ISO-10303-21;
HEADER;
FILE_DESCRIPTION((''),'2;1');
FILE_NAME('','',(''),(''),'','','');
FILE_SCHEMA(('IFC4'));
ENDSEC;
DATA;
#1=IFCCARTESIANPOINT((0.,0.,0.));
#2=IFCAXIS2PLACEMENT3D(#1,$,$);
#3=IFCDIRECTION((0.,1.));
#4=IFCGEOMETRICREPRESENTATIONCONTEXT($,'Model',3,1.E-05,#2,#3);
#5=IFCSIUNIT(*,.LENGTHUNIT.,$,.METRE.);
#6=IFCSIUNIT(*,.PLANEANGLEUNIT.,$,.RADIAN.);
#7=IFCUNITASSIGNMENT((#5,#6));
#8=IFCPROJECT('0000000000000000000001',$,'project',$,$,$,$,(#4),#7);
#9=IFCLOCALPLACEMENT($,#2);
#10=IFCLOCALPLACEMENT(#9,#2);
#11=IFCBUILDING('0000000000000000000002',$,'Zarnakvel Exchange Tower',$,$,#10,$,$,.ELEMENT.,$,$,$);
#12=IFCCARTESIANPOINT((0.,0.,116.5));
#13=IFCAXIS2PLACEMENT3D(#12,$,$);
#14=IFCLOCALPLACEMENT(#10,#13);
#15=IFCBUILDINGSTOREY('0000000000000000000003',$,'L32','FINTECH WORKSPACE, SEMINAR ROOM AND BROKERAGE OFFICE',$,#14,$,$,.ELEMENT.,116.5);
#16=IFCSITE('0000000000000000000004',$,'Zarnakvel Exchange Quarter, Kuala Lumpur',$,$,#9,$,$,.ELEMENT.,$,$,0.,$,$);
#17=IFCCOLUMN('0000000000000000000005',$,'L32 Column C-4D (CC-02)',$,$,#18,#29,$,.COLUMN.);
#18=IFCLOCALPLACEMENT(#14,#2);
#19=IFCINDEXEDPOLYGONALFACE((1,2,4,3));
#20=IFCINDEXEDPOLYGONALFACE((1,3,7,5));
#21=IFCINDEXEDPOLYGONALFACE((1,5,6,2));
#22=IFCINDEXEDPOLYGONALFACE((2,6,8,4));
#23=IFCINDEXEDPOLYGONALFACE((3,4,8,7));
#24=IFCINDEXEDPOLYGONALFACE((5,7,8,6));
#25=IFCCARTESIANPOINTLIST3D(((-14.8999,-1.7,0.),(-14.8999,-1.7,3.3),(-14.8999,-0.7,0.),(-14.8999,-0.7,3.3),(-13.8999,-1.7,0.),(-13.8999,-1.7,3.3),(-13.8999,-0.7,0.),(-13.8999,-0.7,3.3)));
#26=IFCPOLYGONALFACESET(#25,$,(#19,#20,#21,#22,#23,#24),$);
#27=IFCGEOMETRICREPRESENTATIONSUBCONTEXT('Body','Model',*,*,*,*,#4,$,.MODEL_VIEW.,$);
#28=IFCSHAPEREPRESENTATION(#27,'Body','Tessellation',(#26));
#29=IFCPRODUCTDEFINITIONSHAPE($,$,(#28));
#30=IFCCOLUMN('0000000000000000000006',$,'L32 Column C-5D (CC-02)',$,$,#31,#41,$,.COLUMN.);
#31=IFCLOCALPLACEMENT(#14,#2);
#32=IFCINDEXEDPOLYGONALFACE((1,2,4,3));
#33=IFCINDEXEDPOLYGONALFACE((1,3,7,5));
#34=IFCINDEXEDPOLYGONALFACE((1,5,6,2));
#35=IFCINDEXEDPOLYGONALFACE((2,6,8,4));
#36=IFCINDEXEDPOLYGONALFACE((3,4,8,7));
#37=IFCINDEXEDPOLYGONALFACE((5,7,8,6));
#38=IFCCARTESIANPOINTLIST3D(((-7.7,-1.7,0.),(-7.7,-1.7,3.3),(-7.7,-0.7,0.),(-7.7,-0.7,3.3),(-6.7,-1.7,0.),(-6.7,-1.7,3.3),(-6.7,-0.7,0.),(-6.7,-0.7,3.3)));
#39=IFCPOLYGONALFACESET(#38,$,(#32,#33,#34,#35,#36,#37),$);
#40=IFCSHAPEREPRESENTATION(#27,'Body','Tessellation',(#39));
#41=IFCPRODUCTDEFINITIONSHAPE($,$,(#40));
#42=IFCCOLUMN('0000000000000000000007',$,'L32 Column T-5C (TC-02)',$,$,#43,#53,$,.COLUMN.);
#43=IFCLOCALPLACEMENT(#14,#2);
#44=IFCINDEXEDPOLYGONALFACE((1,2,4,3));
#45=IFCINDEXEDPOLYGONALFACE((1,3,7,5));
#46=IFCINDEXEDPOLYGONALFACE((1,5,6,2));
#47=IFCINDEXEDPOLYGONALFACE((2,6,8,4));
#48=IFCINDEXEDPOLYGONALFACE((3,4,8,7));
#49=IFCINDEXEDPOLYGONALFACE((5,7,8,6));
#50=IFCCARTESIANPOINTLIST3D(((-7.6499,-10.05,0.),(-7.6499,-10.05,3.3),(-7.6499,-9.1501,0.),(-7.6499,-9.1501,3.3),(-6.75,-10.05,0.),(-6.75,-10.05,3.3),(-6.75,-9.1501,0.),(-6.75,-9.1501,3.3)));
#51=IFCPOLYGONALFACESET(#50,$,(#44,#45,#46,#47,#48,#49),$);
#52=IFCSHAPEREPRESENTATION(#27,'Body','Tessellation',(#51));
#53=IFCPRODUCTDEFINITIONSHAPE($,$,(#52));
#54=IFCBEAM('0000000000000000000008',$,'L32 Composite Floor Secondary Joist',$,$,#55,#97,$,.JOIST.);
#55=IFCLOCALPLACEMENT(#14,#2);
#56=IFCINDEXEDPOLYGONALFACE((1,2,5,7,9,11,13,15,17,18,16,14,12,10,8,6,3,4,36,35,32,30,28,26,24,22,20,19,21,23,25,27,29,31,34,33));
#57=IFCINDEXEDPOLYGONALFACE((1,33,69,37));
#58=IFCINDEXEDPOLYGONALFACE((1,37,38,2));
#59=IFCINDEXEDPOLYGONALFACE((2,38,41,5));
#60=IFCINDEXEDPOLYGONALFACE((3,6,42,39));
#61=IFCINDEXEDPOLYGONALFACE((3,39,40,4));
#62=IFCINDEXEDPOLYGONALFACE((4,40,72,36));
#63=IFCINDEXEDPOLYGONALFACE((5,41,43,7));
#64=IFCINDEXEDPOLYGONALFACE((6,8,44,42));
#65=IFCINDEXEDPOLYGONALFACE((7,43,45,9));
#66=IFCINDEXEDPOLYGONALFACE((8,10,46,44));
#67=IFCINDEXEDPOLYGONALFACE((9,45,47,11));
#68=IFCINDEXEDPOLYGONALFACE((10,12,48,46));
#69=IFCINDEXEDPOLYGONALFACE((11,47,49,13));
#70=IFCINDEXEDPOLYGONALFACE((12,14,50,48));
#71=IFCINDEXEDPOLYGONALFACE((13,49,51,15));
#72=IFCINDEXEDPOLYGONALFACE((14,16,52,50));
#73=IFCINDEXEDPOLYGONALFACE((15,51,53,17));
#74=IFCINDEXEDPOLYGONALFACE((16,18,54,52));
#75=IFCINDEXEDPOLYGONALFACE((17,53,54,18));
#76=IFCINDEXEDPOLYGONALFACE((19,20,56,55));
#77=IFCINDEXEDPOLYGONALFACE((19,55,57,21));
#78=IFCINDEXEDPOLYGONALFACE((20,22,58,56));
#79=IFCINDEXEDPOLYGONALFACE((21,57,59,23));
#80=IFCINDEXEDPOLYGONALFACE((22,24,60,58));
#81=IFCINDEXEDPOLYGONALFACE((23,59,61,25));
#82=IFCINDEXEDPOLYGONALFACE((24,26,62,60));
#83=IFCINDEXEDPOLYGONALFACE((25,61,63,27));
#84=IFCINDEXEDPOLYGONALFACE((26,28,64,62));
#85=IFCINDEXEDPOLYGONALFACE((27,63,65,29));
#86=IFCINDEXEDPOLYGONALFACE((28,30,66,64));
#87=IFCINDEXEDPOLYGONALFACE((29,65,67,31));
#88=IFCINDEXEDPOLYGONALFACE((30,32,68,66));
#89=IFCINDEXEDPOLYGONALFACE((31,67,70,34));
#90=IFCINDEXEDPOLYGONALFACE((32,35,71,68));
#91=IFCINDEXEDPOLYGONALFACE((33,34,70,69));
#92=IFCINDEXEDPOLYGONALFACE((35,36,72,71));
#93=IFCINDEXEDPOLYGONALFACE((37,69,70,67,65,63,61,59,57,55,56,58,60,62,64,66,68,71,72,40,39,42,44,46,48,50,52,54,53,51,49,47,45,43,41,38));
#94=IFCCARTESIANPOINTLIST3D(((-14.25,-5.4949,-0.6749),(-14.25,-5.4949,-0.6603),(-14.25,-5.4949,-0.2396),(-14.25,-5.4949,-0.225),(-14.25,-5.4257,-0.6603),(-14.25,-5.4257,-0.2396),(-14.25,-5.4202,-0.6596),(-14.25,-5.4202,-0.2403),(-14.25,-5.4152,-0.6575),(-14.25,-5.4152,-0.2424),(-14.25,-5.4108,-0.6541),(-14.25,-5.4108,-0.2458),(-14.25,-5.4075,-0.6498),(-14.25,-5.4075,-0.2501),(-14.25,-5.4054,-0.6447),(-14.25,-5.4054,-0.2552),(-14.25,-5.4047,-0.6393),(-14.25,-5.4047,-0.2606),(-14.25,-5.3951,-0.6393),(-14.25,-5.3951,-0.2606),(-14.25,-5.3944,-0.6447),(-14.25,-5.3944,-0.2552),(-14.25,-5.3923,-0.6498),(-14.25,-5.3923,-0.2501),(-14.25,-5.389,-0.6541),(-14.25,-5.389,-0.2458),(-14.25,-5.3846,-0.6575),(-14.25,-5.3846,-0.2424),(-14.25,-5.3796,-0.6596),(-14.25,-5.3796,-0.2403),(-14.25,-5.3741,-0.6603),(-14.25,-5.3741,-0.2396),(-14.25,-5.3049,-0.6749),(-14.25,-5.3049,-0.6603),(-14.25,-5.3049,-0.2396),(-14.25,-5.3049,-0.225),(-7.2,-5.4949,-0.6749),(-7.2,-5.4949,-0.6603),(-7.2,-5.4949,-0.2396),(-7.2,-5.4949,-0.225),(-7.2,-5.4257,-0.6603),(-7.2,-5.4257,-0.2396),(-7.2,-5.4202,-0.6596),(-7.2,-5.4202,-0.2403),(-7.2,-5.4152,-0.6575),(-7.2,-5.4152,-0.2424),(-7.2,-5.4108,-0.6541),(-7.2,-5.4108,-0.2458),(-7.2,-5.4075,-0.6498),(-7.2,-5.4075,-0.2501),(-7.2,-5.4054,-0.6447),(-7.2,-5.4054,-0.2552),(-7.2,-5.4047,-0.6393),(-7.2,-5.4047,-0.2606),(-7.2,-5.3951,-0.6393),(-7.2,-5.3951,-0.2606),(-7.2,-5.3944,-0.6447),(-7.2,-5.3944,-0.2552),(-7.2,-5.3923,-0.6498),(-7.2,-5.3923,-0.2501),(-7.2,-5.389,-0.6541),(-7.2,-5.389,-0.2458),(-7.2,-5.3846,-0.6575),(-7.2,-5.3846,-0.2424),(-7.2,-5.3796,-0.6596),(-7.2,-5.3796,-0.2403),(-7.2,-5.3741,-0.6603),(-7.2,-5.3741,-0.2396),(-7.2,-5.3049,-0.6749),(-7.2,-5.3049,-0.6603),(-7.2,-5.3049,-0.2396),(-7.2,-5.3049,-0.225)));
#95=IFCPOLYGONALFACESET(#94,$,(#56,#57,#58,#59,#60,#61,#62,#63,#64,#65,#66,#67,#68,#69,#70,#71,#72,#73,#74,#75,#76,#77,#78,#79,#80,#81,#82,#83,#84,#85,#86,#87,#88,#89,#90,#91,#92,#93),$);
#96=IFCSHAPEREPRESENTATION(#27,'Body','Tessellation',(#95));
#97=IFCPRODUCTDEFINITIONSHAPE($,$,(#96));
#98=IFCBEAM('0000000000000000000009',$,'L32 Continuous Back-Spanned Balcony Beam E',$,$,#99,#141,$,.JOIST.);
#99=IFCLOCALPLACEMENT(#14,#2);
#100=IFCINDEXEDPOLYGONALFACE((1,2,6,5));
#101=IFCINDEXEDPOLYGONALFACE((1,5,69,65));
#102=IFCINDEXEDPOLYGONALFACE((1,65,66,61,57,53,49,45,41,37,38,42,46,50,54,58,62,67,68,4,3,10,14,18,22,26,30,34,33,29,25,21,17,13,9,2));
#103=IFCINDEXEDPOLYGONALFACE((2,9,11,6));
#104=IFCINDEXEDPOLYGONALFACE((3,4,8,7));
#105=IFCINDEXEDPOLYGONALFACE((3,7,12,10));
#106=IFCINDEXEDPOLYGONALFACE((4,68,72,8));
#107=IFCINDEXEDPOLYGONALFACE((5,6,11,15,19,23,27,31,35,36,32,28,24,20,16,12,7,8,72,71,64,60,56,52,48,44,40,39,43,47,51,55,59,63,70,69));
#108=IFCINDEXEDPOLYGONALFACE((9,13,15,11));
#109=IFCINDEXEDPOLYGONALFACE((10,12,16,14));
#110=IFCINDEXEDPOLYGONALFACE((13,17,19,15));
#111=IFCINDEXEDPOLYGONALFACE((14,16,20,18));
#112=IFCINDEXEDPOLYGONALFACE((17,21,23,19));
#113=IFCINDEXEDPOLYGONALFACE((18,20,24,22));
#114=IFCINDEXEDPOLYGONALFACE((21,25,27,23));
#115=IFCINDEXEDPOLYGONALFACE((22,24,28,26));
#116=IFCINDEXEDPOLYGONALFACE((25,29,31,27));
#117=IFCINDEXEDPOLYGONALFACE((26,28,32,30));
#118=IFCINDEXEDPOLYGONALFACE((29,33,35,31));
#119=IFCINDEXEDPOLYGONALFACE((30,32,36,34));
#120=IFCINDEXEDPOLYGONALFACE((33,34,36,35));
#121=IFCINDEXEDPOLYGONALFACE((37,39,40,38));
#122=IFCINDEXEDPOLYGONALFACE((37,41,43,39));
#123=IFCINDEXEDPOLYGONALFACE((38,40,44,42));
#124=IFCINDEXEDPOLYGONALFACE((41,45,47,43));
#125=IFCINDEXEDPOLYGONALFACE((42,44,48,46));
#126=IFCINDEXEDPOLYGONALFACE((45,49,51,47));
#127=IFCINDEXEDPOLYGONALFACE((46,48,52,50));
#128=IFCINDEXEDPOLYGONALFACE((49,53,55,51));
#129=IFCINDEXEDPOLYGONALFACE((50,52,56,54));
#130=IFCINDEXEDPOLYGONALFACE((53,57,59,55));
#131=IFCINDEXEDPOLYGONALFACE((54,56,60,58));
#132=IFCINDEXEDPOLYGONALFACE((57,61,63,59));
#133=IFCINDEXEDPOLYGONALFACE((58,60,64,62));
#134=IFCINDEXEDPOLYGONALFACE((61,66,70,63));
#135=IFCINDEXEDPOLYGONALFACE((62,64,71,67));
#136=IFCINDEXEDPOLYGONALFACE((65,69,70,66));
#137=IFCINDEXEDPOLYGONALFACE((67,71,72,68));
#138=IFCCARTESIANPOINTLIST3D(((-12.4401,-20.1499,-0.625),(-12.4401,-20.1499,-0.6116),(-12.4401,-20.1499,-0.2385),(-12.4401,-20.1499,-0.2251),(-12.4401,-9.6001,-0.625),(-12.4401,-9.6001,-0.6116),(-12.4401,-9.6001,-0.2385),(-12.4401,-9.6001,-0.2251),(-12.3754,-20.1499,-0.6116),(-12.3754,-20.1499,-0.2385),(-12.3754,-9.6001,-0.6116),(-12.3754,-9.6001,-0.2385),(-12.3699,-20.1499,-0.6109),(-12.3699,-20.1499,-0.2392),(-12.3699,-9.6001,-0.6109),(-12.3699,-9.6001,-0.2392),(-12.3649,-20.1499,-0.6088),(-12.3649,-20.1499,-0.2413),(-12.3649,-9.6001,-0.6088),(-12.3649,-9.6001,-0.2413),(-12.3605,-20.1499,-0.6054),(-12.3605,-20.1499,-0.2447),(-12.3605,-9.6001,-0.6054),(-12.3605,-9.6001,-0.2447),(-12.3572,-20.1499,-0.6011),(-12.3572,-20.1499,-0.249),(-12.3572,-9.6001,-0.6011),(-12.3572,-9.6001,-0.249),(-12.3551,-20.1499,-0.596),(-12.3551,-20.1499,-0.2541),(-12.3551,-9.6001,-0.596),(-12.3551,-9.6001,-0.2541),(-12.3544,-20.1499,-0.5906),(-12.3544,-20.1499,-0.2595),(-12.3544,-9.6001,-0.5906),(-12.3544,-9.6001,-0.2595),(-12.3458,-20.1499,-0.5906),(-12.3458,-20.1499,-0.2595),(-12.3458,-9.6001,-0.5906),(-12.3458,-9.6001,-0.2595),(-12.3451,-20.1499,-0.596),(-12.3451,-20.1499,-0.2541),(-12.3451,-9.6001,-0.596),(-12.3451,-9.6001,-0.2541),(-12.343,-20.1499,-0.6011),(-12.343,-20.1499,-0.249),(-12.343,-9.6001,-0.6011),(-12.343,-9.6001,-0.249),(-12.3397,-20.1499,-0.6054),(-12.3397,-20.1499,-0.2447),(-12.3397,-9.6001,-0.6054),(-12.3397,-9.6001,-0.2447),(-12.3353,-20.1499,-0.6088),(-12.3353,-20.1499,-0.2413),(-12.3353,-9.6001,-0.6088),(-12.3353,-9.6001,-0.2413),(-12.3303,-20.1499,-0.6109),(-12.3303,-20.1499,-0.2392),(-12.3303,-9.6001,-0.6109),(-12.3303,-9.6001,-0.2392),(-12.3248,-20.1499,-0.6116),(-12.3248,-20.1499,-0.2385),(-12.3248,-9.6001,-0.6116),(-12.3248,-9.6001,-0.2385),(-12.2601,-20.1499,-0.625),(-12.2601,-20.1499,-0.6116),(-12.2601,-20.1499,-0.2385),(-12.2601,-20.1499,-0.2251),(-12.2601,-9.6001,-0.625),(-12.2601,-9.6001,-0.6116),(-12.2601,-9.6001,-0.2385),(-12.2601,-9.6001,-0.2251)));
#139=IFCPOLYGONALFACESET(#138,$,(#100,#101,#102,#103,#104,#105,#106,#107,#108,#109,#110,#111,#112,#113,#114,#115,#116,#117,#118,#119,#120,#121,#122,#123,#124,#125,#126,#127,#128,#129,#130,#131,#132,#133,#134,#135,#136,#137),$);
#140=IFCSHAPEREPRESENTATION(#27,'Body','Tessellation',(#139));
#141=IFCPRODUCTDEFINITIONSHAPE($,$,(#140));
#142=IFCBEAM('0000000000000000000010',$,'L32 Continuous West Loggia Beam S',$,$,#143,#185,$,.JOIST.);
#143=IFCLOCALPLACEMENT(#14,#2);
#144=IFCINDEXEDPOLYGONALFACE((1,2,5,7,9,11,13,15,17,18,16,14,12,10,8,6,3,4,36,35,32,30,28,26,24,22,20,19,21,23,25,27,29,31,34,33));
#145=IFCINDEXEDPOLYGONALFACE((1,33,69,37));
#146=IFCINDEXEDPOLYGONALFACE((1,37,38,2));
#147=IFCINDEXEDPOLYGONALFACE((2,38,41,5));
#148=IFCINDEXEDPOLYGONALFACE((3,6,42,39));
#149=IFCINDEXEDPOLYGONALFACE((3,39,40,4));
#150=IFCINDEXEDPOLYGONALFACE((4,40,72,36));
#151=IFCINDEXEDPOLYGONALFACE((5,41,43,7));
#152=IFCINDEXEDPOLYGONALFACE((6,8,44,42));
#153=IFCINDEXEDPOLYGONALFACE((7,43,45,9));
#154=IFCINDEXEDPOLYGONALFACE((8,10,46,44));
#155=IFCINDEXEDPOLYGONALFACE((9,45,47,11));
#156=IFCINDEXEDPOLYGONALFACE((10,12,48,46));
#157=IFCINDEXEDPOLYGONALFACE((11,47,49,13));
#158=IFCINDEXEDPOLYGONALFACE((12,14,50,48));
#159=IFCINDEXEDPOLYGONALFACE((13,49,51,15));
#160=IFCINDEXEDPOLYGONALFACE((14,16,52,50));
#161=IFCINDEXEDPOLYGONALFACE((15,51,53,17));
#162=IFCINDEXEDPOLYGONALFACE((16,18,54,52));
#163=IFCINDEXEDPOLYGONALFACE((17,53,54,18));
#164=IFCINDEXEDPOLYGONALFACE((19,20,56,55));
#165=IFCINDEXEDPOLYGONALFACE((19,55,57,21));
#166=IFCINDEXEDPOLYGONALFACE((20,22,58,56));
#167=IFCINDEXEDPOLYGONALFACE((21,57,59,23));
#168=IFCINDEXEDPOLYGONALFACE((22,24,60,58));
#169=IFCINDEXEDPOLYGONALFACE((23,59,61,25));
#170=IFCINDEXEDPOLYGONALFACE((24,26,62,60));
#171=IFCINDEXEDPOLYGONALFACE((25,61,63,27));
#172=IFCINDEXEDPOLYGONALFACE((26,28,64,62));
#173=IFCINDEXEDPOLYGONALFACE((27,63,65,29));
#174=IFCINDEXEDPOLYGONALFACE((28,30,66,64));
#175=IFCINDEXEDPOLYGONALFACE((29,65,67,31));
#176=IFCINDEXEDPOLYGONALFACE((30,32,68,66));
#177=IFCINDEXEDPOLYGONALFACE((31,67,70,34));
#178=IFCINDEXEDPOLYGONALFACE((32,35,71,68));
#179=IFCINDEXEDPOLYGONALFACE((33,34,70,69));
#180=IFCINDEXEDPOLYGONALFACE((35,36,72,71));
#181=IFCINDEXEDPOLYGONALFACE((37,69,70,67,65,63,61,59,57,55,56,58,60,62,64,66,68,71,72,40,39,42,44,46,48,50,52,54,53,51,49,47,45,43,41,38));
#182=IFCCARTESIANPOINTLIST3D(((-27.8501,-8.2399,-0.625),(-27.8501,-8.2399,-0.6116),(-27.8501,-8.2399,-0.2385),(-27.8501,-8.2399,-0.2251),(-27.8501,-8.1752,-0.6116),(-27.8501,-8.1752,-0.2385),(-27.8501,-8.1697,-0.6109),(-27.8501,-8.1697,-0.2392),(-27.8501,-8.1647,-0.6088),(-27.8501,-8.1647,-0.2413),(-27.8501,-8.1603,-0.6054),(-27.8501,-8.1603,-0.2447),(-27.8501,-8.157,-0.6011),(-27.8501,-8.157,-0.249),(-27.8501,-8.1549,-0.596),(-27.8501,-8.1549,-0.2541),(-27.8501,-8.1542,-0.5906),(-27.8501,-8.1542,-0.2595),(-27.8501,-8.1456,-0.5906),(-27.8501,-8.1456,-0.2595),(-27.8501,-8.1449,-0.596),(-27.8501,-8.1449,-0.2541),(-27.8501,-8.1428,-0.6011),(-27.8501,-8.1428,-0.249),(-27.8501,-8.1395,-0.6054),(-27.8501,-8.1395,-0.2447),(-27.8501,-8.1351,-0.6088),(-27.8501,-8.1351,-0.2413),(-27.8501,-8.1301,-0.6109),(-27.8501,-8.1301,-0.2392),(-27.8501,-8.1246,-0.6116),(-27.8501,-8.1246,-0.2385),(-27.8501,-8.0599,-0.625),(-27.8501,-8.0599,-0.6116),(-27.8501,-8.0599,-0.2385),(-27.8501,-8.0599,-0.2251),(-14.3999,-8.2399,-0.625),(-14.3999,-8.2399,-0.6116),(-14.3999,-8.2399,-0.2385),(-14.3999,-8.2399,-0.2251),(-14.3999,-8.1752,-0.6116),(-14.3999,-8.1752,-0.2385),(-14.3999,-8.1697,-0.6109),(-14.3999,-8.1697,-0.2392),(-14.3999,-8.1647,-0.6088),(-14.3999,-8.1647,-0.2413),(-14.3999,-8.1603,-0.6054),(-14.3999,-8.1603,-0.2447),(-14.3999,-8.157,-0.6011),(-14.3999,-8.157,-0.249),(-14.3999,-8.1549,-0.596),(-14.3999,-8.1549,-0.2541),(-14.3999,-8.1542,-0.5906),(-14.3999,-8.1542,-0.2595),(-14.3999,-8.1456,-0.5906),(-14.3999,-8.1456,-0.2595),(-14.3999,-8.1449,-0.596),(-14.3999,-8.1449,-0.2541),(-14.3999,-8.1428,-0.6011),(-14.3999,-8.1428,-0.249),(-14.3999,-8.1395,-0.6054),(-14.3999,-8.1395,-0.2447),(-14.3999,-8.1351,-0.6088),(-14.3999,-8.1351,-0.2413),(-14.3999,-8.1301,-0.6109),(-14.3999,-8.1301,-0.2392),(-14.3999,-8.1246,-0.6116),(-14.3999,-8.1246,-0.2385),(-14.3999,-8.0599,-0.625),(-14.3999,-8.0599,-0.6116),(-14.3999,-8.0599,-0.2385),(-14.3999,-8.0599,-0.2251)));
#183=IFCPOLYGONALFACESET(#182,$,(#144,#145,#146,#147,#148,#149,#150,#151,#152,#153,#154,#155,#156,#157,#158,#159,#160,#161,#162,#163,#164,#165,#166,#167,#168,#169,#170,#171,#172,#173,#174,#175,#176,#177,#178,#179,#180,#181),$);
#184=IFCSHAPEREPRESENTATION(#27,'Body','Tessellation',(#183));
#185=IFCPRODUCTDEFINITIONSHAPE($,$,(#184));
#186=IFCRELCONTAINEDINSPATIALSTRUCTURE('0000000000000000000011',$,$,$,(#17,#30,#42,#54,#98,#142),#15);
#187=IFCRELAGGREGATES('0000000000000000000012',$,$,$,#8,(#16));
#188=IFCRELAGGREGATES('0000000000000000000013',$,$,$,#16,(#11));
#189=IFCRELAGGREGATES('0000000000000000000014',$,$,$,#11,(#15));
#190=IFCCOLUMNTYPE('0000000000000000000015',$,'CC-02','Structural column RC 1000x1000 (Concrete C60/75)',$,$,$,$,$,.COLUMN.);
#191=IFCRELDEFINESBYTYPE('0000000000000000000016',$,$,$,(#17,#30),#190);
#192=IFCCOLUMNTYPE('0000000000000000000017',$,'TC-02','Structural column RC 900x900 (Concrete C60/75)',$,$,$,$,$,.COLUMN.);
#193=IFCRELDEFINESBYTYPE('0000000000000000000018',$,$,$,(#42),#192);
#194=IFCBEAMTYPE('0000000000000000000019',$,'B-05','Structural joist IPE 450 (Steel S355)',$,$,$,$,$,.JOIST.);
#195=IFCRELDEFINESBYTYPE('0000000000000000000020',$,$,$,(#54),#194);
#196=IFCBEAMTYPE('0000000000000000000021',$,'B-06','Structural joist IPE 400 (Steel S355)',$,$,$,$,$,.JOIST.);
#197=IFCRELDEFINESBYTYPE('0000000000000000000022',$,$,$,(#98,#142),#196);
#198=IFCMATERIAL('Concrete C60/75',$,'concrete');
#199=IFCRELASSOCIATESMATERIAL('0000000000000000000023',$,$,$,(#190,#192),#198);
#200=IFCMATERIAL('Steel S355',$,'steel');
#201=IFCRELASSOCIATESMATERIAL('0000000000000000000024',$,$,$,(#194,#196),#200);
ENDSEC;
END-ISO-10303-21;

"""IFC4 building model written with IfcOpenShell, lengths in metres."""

from ifc_helpers import new_model, si_unit, direction, frame, origin, origin_2d, place, context, subcontext, project, spatial, rectangle, i_section, extrude, material, material_profile, profile_set, type_object, element, save


model = new_model("IFC4")

# Units and contexts
model_context = context("Model", 3, precision=1e-05, world=origin(), true_north=direction((0.0, 1.0)))
body_context = subcontext(model_context, "Body", "Model", "MODEL_VIEW")
ifc_project = project(units=[si_unit("LENGTHUNIT", "METRE"), si_unit("PLANEANGLEUNIT", "RADIAN")], contexts=[model_context])

# Site, building, storey
site_placement = place(None, origin())
site = spatial("IfcSite", under=ifc_project, at=site_placement, Name="Zarnakvel Exchange Quarter, Kuala Lumpur", CompositionType="ELEMENT", RefElevation=0.0)
building_placement = place(site_placement, origin())
building = spatial("IfcBuilding", under=site, at=building_placement, Name="Zarnakvel Exchange Tower", CompositionType="ELEMENT")
storey_placement = place(building_placement, frame((0.0, 0.0, 116.5)))
storey = spatial("IfcBuildingStorey", under=building, at=storey_placement, Name="L32", Description="FINTECH WORKSPACE, SEMINAR ROOM AND BROKERAGE OFFICE", CompositionType="ELEMENT", Elevation=116.5)

# Columns
ifc_material_1 = material(Name="Concrete C60/75", Category="concrete")
ifc_material_profile_1 = material_profile(ifc_material_1, rectangle(XDim=1.0, YDim=1.0, at=origin_2d()))
ifc_profile_set_1 = profile_set([ifc_material_profile_1], Name="Concrete C60/75")
column_type_1 = type_object("IfcColumnType", Name="CC-02", Description="Structural column RC 1000x1000 (Concrete C60/75)", PredefinedType="COLUMN", material=ifc_profile_set_1)
for number, where, z_axis, x_axis, name in (
    (1, (-14.3999, -1.2, 0.0), (0.0, 0.0, 1.0), (1.0, 0.0, 0.0), "L32 Column C-4D (CC-02)"),
    (2, (-7.2, -1.2, 0.0), (0.0, 0.0, 1.0), (1.0, 0.0, 0.0), "L32 Column C-5D (CC-02)"),
):
    element("IfcColumn", number, at=place(storey_placement, frame(where, z_axis=z_axis, x_axis=x_axis)), inside=storey, type_object=column_type_1, Name=name, PredefinedType="COLUMN", context=body_context, shape_type="SweptSolid", body=[
        extrude(rectangle(XDim=1.0, YDim=1.0, at=origin_2d()), origin(), (0.0, 0.0, 1.0), 3.3),
    ])
ifc_material_profile_2 = material_profile(ifc_material_1, rectangle(XDim=0.8999, YDim=0.8999, at=origin_2d()))
ifc_profile_set_2 = profile_set([ifc_material_profile_2], Name="Concrete C60/75")
column_type_2 = type_object("IfcColumnType", Name="TC-02", Description="Structural column RC 900x900 (Concrete C60/75)", PredefinedType="COLUMN", material=ifc_profile_set_2)
column_placement = place(storey_placement, frame((-7.2, -9.6001, 0.0), z_axis=(0.0, 0.0, 1.0), x_axis=(1.0, 0.0, 0.0)))
element("IfcColumn", 3, at=column_placement, inside=storey, type_object=column_type_2, Name="L32 Column T-5C (TC-02)", PredefinedType="COLUMN", context=body_context, shape_type="SweptSolid", body=[
    extrude(rectangle(XDim=0.8999, YDim=0.8999, at=origin_2d()), origin(), (0.0, 0.0, 1.0), 3.3),
])

# Beams
ifc_material_2 = material(Name="Steel S355", Category="steel")
ifc_material_profile_3 = material_profile(ifc_material_2, i_section(OverallWidth=0.1899, OverallDepth=0.45, WebThickness=0.0095, FlangeThickness=0.0146, FilletRadius=0.021, at=origin_2d()))
ifc_profile_set_3 = profile_set([ifc_material_profile_3], Name="Steel S355")
beam_type_1 = type_object("IfcBeamType", Name="B-05", Description="Structural joist IPE 450 (Steel S355)", PredefinedType="JOIST", material=ifc_profile_set_3)
beam_1_placement = place(storey_placement, frame((-14.25, -5.3999, -0.45), z_axis=(1.0, 0.0, 0.0), x_axis=(0.0, 1.0, 0.0)))
element("IfcBeam", 4, at=beam_1_placement, inside=storey, type_object=beam_type_1, Name="L32 Composite Floor Secondary Joist", PredefinedType="JOIST", context=body_context, shape_type="SweptSolid", body=[
    extrude(i_section(OverallWidth=0.1899, OverallDepth=0.45, WebThickness=0.0095, FlangeThickness=0.0146, FilletRadius=0.021, at=origin_2d()), origin(), (0.0, 0.0, 1.0), 7.05),
])
ifc_material_profile_4 = material_profile(ifc_material_2, i_section(OverallWidth=0.1799, OverallDepth=0.3999, WebThickness=0.0085, FlangeThickness=0.0134, FilletRadius=0.021, at=origin_2d()))
ifc_profile_set_4 = profile_set([ifc_material_profile_4], Name="Steel S355")
beam_type_2 = type_object("IfcBeamType", Name="B-06", Description="Structural joist IPE 400 (Steel S355)", PredefinedType="JOIST", material=ifc_profile_set_4)
beam_2_placement = place(storey_placement, frame((-12.3501, -9.6001, -0.425), z_axis=(0.0, -1.0, 0.0), x_axis=(1.0, 0.0, 0.0)))
element("IfcBeam", 5, at=beam_2_placement, inside=storey, type_object=beam_type_2, Name="L32 Continuous Back-Spanned Balcony Beam E", PredefinedType="JOIST", context=body_context, shape_type="SweptSolid", body=[
    extrude(i_section(OverallWidth=0.1799, OverallDepth=0.3999, WebThickness=0.0085, FlangeThickness=0.0134, FilletRadius=0.021, at=origin_2d()), origin(), (0.0, 0.0, 1.0), 10.5498),
])
for number, where, z_axis, x_axis, name in (
    (6, (-14.3999, -8.1499, -0.425), (-1.0, 0.0, 0.0), (0.0, -1.0, 0.0), "L32 Continuous West Loggia Beam S"),
):
    element("IfcBeam", number, at=place(storey_placement, frame(where, z_axis=z_axis, x_axis=x_axis)), inside=storey, type_object=beam_type_2, Name=name, PredefinedType="JOIST", context=body_context, shape_type="SweptSolid", body=[
        extrude(i_section(OverallWidth=0.1799, OverallDepth=0.3999, WebThickness=0.0085, FlangeThickness=0.0134, FilletRadius=0.021, at=origin_2d()), origin(), (0.0, 0.0, 1.0), 13.4502),
    ])

save(model, "model.ifc")
